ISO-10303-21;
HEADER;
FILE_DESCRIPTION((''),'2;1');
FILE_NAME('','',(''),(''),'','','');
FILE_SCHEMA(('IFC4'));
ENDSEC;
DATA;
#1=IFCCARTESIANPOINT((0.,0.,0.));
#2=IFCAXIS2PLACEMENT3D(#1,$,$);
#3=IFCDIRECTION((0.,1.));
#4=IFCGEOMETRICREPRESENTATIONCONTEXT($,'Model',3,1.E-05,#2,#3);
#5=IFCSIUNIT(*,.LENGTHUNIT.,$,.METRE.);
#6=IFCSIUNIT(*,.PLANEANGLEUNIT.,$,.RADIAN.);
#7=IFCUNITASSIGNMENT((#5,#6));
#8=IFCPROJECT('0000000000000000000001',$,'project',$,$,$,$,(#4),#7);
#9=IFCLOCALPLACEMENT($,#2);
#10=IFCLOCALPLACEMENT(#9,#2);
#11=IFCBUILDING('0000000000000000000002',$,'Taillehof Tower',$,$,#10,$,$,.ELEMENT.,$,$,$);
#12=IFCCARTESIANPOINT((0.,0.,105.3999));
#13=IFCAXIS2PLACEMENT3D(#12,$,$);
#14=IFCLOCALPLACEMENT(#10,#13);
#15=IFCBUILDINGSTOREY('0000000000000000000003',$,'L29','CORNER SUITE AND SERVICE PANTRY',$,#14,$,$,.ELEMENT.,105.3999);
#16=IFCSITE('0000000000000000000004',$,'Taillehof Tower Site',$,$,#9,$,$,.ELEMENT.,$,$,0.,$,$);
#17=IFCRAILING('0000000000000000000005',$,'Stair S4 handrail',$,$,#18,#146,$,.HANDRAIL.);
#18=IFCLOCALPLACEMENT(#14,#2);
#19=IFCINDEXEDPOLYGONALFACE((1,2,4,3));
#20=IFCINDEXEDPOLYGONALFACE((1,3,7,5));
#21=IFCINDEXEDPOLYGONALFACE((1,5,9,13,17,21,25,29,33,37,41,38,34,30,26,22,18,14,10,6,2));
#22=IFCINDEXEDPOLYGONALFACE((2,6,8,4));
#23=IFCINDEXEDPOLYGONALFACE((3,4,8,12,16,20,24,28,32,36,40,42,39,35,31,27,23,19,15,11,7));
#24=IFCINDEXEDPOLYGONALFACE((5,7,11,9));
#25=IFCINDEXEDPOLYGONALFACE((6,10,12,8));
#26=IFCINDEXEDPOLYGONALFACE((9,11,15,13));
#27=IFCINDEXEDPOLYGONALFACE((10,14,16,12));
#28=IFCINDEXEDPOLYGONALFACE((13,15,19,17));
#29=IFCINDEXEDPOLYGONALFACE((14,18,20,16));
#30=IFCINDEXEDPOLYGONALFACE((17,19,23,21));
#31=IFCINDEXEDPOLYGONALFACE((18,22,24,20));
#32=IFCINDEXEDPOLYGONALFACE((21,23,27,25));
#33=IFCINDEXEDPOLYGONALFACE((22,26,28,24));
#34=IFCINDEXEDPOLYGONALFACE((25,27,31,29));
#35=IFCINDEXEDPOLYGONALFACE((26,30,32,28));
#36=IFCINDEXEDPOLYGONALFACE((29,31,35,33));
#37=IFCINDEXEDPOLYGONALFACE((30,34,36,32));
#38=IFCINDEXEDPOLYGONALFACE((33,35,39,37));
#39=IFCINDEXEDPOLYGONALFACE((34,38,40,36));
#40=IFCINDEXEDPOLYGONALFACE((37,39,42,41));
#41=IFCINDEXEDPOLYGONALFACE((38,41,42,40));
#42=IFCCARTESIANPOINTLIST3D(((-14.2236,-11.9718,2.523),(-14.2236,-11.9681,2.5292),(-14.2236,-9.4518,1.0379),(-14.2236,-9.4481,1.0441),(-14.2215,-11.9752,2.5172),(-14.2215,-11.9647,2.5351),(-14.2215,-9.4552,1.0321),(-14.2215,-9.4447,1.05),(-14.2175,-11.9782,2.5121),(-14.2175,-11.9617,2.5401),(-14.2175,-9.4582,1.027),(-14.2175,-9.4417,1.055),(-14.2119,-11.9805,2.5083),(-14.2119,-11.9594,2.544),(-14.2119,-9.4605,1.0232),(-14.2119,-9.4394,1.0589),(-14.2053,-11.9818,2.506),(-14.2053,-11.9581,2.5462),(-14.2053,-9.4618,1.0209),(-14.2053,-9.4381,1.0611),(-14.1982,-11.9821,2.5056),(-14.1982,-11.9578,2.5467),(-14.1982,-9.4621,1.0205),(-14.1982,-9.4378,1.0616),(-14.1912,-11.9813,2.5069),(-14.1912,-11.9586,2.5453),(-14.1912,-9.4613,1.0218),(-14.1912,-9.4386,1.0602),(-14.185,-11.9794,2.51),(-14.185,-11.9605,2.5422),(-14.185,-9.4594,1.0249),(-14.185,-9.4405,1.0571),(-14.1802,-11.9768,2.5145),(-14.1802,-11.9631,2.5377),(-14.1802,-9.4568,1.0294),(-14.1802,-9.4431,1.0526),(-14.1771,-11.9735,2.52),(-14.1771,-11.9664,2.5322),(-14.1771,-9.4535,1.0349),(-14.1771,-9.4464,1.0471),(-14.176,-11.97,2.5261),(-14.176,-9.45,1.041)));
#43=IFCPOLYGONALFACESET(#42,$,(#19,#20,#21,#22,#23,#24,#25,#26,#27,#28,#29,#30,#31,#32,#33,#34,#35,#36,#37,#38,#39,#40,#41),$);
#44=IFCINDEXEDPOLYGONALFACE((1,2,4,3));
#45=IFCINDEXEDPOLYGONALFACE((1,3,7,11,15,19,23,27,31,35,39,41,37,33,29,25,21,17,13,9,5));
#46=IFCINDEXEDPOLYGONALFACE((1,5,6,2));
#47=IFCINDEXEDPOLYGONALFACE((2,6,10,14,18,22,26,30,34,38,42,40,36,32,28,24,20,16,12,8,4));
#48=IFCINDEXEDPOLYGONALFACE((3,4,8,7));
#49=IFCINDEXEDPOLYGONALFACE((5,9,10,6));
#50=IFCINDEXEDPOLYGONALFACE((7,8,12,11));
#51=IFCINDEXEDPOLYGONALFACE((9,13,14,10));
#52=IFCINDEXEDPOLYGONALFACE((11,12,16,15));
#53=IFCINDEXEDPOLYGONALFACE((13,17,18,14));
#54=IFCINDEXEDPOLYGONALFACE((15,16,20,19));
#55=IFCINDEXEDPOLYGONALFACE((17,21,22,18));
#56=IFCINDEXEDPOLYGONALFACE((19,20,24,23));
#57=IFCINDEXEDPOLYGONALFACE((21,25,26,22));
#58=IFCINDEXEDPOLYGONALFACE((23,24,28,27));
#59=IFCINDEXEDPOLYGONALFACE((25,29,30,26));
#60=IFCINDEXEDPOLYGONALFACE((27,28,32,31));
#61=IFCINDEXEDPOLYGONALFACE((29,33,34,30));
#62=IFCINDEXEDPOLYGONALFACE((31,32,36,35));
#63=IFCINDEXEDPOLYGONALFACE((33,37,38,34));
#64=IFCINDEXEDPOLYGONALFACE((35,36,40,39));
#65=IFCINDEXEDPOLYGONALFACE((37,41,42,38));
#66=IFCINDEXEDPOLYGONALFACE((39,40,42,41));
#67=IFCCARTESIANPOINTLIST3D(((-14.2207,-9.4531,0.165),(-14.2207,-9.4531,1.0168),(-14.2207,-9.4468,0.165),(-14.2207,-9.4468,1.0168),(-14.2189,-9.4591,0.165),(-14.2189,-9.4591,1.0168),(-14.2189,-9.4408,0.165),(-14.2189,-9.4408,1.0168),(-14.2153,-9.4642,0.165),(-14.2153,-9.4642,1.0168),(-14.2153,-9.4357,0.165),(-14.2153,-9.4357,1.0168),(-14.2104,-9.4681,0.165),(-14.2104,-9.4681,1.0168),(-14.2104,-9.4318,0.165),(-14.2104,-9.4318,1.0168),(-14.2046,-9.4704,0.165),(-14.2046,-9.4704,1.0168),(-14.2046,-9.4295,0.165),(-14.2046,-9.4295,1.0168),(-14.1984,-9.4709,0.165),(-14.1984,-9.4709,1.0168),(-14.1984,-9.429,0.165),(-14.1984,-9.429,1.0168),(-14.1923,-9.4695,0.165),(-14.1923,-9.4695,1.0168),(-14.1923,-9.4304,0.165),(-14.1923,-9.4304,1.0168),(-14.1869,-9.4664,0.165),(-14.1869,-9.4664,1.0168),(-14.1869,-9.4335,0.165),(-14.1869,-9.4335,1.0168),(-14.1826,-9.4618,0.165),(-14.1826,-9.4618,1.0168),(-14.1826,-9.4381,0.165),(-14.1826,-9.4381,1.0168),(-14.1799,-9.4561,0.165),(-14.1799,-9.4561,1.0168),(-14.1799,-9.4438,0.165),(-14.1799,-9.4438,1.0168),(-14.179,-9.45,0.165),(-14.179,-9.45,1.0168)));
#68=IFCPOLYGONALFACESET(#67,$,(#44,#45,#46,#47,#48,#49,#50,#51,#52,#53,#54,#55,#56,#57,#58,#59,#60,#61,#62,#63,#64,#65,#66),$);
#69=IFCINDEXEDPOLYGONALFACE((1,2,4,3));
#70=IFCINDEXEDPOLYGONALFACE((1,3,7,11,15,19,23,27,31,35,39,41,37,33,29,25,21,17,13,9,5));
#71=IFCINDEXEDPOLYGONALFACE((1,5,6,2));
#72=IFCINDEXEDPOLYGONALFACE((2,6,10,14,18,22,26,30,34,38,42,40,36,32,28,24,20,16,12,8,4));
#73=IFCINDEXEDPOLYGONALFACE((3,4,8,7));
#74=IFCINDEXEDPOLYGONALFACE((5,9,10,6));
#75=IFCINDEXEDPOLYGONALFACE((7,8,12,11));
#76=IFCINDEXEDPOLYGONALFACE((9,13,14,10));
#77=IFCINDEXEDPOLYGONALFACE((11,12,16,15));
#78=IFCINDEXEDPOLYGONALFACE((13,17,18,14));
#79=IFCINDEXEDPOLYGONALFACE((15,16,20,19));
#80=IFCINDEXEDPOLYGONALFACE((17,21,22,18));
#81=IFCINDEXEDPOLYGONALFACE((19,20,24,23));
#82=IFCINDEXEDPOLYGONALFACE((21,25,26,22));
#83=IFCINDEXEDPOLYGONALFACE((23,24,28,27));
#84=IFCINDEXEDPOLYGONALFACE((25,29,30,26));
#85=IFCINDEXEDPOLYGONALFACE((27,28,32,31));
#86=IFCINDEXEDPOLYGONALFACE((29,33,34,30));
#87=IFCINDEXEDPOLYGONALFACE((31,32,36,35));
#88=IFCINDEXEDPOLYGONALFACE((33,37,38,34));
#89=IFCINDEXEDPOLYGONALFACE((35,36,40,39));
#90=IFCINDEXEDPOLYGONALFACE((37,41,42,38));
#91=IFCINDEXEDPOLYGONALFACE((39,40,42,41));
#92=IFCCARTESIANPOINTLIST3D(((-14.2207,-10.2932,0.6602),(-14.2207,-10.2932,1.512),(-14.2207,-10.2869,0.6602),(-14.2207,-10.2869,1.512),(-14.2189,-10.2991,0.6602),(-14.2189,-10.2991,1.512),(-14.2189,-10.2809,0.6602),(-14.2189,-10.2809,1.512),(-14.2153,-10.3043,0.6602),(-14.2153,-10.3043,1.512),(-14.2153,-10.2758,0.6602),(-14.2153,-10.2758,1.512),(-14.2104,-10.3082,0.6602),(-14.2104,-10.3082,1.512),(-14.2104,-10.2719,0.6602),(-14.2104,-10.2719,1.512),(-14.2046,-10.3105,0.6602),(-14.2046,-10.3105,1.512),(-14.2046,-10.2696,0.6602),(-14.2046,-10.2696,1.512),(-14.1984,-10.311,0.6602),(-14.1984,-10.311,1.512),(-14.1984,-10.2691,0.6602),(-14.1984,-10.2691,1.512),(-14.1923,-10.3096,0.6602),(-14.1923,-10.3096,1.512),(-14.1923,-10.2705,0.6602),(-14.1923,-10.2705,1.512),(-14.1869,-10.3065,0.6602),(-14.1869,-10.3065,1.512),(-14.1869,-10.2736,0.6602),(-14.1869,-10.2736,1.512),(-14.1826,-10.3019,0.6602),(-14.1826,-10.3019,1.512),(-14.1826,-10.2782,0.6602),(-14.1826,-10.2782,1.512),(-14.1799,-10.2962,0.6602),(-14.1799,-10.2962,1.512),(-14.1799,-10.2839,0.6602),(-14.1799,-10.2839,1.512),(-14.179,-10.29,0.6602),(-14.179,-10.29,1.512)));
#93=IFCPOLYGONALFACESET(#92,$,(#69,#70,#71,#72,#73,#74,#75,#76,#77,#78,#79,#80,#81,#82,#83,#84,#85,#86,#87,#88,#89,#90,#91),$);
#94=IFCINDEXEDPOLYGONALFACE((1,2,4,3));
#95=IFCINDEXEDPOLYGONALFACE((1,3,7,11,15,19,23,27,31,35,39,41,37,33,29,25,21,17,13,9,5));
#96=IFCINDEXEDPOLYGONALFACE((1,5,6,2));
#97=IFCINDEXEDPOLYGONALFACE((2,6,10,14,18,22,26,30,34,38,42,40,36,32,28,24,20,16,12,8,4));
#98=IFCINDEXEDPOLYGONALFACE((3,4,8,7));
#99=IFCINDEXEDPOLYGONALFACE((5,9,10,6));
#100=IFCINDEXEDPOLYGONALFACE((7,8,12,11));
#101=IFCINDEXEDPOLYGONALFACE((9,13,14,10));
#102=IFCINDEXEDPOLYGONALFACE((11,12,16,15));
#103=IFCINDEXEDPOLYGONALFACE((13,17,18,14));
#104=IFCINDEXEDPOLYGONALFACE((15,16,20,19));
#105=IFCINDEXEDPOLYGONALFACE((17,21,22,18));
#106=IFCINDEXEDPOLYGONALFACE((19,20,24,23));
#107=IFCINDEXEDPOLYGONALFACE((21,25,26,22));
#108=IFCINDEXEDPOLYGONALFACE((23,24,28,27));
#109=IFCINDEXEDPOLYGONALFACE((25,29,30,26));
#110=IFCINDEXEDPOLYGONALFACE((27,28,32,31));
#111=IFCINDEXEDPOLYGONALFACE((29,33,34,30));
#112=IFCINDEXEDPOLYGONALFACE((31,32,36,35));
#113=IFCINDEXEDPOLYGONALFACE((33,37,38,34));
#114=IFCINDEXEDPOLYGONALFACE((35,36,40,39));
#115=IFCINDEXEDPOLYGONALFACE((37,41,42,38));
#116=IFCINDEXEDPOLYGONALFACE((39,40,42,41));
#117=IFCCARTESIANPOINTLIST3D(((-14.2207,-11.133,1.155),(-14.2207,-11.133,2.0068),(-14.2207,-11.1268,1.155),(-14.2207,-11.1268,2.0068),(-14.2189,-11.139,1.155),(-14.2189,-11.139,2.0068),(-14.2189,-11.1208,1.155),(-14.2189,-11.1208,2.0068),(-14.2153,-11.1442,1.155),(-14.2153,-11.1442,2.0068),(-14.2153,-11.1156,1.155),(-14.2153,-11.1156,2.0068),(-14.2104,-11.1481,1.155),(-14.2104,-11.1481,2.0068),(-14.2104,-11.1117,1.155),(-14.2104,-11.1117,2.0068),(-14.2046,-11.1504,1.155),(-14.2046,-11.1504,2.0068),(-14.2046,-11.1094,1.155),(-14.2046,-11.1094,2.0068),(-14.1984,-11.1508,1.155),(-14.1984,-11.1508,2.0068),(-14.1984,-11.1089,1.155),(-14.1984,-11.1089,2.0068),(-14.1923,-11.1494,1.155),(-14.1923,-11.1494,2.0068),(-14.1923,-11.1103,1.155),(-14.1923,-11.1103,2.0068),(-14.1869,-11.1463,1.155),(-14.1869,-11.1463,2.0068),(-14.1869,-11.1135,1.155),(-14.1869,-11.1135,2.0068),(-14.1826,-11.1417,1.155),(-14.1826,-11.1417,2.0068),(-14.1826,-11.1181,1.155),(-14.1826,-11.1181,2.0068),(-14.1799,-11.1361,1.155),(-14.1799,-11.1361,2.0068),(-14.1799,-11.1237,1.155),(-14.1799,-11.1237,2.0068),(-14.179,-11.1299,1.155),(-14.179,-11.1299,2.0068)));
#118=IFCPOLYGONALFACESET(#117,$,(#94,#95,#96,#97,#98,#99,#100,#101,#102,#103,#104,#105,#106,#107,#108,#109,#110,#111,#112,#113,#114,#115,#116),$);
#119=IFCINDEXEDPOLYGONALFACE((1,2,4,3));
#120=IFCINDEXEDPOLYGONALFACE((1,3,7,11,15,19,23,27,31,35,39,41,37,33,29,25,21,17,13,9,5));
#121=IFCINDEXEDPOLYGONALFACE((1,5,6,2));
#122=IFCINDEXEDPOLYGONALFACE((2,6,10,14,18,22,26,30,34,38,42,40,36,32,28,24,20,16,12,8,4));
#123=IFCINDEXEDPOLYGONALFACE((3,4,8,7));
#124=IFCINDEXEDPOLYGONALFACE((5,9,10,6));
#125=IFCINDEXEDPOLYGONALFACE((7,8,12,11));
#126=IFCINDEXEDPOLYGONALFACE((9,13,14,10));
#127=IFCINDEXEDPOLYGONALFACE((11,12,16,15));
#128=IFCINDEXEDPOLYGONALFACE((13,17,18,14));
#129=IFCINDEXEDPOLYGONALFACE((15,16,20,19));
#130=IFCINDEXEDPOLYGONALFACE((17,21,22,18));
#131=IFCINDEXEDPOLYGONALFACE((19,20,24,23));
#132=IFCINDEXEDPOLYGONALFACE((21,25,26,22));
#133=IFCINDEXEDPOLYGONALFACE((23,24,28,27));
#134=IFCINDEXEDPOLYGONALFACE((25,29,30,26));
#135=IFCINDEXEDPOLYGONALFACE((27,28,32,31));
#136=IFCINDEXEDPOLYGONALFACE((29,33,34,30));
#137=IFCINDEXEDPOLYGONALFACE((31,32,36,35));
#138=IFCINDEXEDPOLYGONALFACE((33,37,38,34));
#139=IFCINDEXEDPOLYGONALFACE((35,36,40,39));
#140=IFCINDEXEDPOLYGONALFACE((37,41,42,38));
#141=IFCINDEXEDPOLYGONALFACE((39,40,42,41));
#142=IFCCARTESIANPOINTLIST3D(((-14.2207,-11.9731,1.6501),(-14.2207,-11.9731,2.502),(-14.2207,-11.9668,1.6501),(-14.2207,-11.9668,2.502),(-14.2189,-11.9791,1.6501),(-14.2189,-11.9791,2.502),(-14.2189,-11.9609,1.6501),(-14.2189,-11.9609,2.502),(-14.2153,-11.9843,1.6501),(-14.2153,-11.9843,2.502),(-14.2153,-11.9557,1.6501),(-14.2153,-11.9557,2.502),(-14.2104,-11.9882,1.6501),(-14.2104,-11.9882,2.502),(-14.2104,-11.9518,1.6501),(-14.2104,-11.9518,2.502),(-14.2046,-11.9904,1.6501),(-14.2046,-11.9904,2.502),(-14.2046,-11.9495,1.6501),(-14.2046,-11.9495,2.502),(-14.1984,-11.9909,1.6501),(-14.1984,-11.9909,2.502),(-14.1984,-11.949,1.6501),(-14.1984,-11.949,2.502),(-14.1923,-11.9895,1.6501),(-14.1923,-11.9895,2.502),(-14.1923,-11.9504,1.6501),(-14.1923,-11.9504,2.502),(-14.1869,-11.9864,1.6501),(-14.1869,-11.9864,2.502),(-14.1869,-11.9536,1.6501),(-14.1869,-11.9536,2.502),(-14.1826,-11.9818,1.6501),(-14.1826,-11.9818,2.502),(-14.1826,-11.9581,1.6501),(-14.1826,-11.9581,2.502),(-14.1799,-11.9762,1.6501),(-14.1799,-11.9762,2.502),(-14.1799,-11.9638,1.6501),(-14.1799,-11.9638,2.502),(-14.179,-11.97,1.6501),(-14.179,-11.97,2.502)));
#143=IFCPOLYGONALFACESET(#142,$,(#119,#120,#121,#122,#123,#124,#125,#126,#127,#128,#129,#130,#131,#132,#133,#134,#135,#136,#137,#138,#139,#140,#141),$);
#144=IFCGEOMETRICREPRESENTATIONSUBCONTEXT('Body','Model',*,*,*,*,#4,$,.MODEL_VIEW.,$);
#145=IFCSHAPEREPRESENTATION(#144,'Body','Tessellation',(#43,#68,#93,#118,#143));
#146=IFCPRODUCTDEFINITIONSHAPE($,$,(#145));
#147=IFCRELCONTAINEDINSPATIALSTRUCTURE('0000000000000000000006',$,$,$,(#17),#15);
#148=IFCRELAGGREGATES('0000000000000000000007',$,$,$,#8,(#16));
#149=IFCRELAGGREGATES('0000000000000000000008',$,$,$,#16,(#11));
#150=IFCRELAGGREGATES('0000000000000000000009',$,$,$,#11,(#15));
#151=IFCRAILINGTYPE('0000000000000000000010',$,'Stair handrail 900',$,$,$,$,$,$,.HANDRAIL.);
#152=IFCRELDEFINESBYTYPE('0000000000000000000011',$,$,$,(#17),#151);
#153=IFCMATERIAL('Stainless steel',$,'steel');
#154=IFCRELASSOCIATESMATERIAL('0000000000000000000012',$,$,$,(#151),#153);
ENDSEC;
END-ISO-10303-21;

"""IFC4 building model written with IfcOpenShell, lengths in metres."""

from ifc_helpers import new_model, si_unit, direction, frame, origin, origin_2d, place, context, subcontext, project, spatial, circle, extrude, material, type_object, element, save


model = new_model("IFC4")

# Units and contexts
model_context = context("Model", 3, precision=1e-05, world=origin(), true_north=direction((0.0, 1.0)))
body_context = subcontext(model_context, "Body", "Model", "MODEL_VIEW")
ifc_project = project(units=[si_unit("LENGTHUNIT", "METRE"), si_unit("PLANEANGLEUNIT", "RADIAN")], contexts=[model_context])

# Site, building, storey
site_placement = place(None, origin())
site = spatial("IfcSite", under=ifc_project, at=site_placement, Name="Taillehof Tower Site", CompositionType="ELEMENT", RefElevation=0.0)
building_placement = place(site_placement, origin())
building = spatial("IfcBuilding", under=site, at=building_placement, Name="Taillehof Tower", CompositionType="ELEMENT")
storey_placement = place(building_placement, frame((0.0, 0.0, 105.3999)))
storey = spatial("IfcBuildingStorey", under=building, at=storey_placement, Name="L29", Description="CORNER SUITE AND SERVICE PANTRY", CompositionType="ELEMENT", Elevation=105.3999)

# Railing
ifc_material_1 = material(Name="Stainless steel", Category="steel")
railing_type = type_object("IfcRailingType", Name="Stair handrail 900", PredefinedType="HANDRAIL", material=ifc_material_1)
railing_placement = place(storey_placement, frame((-14.2, -9.45, 0.165)))
element("IfcRailing", 1, at=railing_placement, inside=storey, type_object=railing_type, Name="Stair S4 handrail", PredefinedType="HANDRAIL", context=body_context, shape_type="SweptSolid", body=[
    extrude(circle(Radius=0.0239, at=origin_2d()), frame((0.0, 0.0, 0.876), z_axis=(0.0, -0.861524, 0.507717), x_axis=(1.0, 0.0, 0.0)), (0.0, 0.0, 1.0), 2.925),
    extrude(circle(Radius=0.021, at=origin_2d()), origin(), (0.0, 0.0, 1.0), 0.8518),
    extrude(circle(Radius=0.021, at=origin_2d()), frame((0.0, -0.8401, 0.4951)), (0.0, 0.0, 1.0), 0.8518),
    extrude(circle(Radius=0.021, at=origin_2d()), frame((0.0, -1.6799, 0.99)), (0.0, 0.0, 1.0), 0.8518),
    extrude(circle(Radius=0.021, at=origin_2d()), frame((0.0, -2.52, 1.4851)), (0.0, 0.0, 1.0), 0.8518),
])

save(model, "model.ifc")
